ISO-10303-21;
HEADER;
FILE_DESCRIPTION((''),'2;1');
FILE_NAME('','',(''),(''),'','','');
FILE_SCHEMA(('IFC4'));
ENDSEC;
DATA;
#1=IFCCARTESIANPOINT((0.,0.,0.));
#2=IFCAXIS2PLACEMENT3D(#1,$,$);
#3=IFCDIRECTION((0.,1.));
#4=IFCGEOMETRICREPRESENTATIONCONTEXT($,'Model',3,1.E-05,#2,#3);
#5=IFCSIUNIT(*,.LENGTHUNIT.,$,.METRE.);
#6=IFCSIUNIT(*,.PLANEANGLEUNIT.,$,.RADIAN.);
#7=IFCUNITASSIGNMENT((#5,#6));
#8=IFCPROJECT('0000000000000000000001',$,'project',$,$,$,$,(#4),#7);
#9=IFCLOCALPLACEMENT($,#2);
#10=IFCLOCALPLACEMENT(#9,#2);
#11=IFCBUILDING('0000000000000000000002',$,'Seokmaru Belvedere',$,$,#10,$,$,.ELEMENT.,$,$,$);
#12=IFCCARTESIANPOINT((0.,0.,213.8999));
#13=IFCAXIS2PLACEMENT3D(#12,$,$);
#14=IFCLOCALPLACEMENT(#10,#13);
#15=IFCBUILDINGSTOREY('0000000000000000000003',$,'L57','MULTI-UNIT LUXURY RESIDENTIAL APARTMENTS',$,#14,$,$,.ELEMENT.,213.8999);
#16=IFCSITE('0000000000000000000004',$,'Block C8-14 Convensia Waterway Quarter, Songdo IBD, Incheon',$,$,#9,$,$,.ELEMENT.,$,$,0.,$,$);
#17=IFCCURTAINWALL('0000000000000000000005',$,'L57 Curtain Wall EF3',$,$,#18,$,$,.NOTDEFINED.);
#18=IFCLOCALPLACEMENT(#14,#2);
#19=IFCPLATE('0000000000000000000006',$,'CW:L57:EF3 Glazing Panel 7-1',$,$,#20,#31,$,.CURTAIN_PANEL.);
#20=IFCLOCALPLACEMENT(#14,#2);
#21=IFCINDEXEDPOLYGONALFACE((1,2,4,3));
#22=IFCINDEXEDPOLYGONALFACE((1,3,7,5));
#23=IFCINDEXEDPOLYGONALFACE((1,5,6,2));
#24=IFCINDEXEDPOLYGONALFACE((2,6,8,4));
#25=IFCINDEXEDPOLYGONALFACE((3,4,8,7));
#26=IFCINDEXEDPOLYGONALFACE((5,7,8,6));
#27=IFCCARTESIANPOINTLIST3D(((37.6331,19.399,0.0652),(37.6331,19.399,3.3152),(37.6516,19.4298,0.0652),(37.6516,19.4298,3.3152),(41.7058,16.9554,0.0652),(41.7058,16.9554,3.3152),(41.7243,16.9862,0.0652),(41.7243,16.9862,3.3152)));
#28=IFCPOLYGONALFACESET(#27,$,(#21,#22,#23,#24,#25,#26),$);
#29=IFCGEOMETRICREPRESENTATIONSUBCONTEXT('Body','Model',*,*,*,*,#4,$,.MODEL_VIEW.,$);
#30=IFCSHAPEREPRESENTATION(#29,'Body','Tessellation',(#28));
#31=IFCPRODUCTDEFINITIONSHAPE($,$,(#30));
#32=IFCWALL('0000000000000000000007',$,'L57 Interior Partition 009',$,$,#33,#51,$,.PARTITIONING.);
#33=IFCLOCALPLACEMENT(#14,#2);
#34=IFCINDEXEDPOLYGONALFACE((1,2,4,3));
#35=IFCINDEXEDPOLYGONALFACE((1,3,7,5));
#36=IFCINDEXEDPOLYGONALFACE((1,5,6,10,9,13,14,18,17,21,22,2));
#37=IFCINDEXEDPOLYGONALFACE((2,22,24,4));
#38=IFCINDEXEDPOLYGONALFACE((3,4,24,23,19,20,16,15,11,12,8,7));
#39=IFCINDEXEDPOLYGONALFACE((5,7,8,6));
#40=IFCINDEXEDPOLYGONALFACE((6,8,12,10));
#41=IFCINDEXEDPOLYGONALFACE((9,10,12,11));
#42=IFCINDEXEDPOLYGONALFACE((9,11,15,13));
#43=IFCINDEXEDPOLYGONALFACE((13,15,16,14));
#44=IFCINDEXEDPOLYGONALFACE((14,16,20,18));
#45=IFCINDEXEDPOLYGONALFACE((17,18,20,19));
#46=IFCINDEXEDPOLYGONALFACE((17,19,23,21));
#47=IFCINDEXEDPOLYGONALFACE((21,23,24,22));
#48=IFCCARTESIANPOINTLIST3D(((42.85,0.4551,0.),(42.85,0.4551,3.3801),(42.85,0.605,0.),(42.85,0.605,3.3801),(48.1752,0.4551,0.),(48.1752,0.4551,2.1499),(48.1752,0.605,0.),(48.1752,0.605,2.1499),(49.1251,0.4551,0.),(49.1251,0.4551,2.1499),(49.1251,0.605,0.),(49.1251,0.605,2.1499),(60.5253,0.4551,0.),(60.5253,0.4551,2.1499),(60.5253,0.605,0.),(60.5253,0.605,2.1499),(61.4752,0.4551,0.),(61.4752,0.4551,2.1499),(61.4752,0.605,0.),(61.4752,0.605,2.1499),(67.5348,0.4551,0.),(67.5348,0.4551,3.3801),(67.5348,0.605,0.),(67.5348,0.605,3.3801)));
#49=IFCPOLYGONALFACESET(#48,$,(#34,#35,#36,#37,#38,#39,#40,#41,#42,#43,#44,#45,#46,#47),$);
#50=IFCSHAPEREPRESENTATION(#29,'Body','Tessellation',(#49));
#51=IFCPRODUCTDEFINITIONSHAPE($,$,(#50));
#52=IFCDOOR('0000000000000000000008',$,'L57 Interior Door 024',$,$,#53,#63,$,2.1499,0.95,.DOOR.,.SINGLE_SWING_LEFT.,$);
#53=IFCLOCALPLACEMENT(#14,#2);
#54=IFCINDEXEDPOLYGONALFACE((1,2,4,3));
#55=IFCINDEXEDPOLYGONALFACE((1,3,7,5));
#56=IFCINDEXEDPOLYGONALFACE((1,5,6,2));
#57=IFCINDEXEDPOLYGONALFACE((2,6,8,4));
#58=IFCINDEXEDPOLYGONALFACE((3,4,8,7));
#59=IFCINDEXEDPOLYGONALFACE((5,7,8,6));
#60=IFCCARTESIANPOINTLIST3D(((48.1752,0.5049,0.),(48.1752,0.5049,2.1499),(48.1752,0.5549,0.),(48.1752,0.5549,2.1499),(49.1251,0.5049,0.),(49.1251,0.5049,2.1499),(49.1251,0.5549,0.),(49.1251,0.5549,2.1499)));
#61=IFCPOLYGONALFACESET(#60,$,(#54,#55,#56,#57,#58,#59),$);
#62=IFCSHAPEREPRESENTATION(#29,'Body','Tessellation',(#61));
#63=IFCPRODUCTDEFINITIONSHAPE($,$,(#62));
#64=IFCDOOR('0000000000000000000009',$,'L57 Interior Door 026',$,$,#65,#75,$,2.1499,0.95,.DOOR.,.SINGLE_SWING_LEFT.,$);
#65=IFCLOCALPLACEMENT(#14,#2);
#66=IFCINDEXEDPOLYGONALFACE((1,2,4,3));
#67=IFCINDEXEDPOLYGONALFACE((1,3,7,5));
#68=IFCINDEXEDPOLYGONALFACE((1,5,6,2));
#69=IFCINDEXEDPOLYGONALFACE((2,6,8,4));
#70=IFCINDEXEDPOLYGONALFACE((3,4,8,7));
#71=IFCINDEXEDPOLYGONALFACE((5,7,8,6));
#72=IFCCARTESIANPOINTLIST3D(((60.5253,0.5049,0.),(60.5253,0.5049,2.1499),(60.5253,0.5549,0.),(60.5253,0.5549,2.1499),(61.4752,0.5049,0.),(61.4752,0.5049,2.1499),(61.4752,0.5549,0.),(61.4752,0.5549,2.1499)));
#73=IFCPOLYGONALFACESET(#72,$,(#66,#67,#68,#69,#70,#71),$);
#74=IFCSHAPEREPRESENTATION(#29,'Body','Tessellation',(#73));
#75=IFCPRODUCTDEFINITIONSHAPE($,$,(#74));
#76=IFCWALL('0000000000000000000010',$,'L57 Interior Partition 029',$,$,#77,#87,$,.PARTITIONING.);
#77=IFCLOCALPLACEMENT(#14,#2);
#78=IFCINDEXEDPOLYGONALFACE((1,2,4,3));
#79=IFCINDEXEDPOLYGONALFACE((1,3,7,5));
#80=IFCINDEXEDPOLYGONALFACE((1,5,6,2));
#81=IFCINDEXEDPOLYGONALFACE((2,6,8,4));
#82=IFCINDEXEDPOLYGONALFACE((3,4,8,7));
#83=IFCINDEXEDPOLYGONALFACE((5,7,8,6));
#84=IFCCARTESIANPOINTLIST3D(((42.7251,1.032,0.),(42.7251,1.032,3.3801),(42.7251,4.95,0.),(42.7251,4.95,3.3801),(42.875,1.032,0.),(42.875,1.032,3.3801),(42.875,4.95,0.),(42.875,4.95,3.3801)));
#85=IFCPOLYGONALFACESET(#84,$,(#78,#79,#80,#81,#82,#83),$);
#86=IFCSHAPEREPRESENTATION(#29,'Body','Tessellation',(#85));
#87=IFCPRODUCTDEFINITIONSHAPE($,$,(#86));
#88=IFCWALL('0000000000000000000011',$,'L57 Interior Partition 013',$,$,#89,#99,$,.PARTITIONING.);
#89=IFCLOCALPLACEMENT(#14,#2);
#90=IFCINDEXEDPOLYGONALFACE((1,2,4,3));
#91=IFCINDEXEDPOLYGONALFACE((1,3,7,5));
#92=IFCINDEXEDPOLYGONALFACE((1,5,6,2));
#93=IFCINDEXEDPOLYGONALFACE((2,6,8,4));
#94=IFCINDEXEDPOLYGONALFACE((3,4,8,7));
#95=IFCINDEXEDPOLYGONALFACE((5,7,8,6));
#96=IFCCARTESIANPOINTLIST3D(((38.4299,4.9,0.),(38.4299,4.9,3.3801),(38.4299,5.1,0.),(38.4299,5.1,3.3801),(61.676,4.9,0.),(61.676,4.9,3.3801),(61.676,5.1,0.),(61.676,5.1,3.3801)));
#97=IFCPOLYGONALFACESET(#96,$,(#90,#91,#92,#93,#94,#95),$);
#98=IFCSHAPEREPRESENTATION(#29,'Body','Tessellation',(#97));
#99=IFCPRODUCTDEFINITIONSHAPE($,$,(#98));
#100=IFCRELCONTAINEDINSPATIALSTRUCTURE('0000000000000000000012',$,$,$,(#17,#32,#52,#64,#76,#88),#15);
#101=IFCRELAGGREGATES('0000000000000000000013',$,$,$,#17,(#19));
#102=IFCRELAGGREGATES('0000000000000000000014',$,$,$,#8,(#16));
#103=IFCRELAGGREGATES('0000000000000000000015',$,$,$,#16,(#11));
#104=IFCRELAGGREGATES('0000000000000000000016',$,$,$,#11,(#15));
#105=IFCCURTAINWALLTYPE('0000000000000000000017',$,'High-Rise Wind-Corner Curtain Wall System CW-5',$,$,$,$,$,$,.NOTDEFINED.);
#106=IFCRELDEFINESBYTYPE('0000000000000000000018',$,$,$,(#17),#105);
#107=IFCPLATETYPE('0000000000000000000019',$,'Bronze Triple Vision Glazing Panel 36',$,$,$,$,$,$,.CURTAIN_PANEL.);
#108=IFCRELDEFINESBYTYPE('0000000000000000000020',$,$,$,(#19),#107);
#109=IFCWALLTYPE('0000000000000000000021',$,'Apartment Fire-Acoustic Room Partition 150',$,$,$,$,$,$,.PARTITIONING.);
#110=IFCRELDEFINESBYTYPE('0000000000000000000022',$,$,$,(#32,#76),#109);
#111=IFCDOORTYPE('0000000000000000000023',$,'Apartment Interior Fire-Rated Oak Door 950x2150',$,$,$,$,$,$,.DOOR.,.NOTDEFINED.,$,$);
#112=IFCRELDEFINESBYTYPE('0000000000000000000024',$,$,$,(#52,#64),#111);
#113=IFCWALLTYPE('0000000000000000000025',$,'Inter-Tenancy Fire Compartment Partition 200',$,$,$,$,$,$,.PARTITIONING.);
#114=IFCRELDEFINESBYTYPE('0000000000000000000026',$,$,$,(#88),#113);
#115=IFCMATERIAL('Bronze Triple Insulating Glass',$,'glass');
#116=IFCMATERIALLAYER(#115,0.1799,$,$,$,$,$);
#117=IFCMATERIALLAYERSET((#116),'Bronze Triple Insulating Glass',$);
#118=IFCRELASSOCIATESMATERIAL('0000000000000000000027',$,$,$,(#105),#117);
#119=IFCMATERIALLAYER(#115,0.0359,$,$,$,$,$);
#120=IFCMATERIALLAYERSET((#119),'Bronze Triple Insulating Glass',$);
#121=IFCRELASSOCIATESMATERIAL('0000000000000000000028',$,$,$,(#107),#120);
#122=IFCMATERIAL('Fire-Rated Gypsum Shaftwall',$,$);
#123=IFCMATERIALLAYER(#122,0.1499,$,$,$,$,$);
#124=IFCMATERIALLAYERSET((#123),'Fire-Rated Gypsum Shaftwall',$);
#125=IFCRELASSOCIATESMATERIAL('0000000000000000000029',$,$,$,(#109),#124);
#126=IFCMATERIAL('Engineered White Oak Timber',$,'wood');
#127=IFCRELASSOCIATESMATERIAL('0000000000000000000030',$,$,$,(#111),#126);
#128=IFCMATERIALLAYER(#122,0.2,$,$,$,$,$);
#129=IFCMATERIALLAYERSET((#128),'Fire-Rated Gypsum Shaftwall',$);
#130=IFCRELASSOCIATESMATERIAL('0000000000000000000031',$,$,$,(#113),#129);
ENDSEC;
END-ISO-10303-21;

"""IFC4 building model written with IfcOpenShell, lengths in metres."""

from ifc_helpers import new_model, si_unit, direction, frame, frame_2d, origin, origin_2d, place, context, subcontext, project, spatial, rectangle, extrude, source, transform, mapped, material, layer, layer_set, type_object, type_shapes, element, fill, aggregate, save


model = new_model("IFC4")

# Units and contexts
model_context = context("Model", 3, precision=1e-05, world=origin(), true_north=direction((0.0, 1.0)))
body_context = subcontext(model_context, "Body", "Model", "MODEL_VIEW")
ifc_project = project(units=[si_unit("LENGTHUNIT", "METRE"), si_unit("PLANEANGLEUNIT", "RADIAN")], contexts=[model_context])

# Site, building, storey
site_placement = place(None, origin())
site = spatial("IfcSite", under=ifc_project, at=site_placement, Name="Block C8-14 Convensia Waterway Quarter, Songdo IBD, Incheon", CompositionType="ELEMENT", RefElevation=0.0)
building_placement = place(site_placement, origin())
building = spatial("IfcBuilding", under=site, at=building_placement, Name="Seokmaru Belvedere", CompositionType="ELEMENT")
storey_placement = place(building_placement, frame((0.0, 0.0, 213.8999)))
storey = spatial("IfcBuildingStorey", under=building, at=storey_placement, Name="L57", Description="MULTI-UNIT LUXURY RESIDENTIAL APARTMENTS", CompositionType="ELEMENT", Elevation=213.8999)

# Curtain wall, plate
ifc_material_1 = material(Name="Bronze Triple Insulating Glass", Category="glass")
ifc_layer_1 = layer(ifc_material_1, 0.1799)
ifc_layer_set_1 = layer_set([ifc_layer_1], Name="Bronze Triple Insulating Glass")
curtain_wall_type = type_object("IfcCurtainWallType", Name="High-Rise Wind-Corner Curtain Wall System CW-5", PredefinedType="NOTDEFINED", material=ifc_layer_set_1)
curtain_wall_placement = place(storey_placement, origin())
curtain_wall = element("IfcCurtainWall", 1, at=curtain_wall_placement, inside=storey, type_object=curtain_wall_type, Name="L57 Curtain Wall EF3", PredefinedType="NOTDEFINED")
ifc_layer_2 = layer(ifc_material_1, 0.0359)
ifc_layer_set_2 = layer_set([ifc_layer_2], Name="Bronze Triple Insulating Glass")
plate_type = type_object("IfcPlateType", Name="Bronze Triple Vision Glazing Panel 36", PredefinedType="CURTAIN_PANEL", material=ifc_layer_set_2)
shared_shape_1 = source(origin(), body_context, "Body", "SweptSolid", [
    extrude(rectangle(XDim=4.7495, YDim=0.0359, at=origin_2d()), origin(), (0.0, 0.0, 1.0), 3.25),
])
type_shapes(plate_type, [shared_shape_1])
plate_1_placement = place(storey_placement, frame((39.6787, 18.1926, 0.0652), z_axis=(0.0, 0.0, 1.0), x_axis=(-0.857493, 0.514495, 0.0)))
plate_1 = element("IfcPlate", 2, at=plate_1_placement, type_object=plate_type, Name="CW:L57:EF3 Glazing Panel 7-1", PredefinedType="CURTAIN_PANEL", context=body_context, shape_type="MappedRepresentation", body=[
    mapped(shared_shape_1, transform((0.0, 0.0, 0.0), scale=1.0)),
])
aggregate(curtain_wall, [plate_1])

# Wall, openings, doors
ifc_material_2 = material(Name="Fire-Rated Gypsum Shaftwall")
ifc_layer_3 = layer(ifc_material_2, 0.1499)
ifc_layer_set_3 = layer_set([ifc_layer_3], Name="Fire-Rated Gypsum Shaftwall")
wall_type_1 = type_object("IfcWallType", Name="Apartment Fire-Acoustic Room Partition 150", PredefinedType="PARTITIONING", material=ifc_layer_set_3)
wall_1_placement = place(storey_placement, frame((42.8501, 0.53, 0.0), z_axis=(0.0, 0.0, 1.0), x_axis=(1.0, 0.0, 0.0)))
wall_1 = element("IfcWall", 3, at=wall_1_placement, inside=storey, type_object=wall_type_1, Name="L57 Interior Partition 009", PredefinedType="PARTITIONING", context=body_context, shape_type="SweptSolid", body=[
    extrude(rectangle(XDim=24.6848, YDim=0.1499, at=frame_2d((12.3423, 0.0))), origin(), (0.0, 0.0, 1.0), 3.3801),
])
opening_1_placement = place(wall_1_placement, frame((5.325, 0.0, 0.0)))
opening_1 = element("IfcOpeningElement", 4, at=opening_1_placement, cuts=wall_1, PredefinedType="OPENING", context=body_context, shape_type="SweptSolid", body=[
    extrude(rectangle(XDim=0.95, YDim=2.1499, at=frame_2d((0.4751, 1.075))), frame((0.0, 0.085, 0.0), z_axis=(0.0, -1.0, 0.0), x_axis=(1.0, 0.0, 0.0)), (0.0, 0.0, 1.0), 0.1699),
])
opening_2_placement = place(wall_1_placement, frame((17.675, 0.0, 0.0)))
opening_2 = element("IfcOpeningElement", 5, at=opening_2_placement, cuts=wall_1, PredefinedType="OPENING", context=body_context, shape_type="SweptSolid", body=[
    extrude(rectangle(XDim=0.95, YDim=2.1499, at=frame_2d((0.4751, 1.075))), frame((0.0, 0.085, 0.0), z_axis=(0.0, -1.0, 0.0), x_axis=(1.0, 0.0, 0.0)), (0.0, 0.0, 1.0), 0.1699),
])
ifc_material_3 = material(Name="Engineered White Oak Timber", Category="wood")
door_type_1 = type_object("IfcDoorType", Name="Apartment Interior Fire-Rated Oak Door 950x2150", OperationType="NOTDEFINED", PredefinedType="DOOR", material=ifc_material_3)
shared_shape_2 = source(origin(), body_context, "Body", "SweptSolid", [
    extrude(rectangle(XDim=0.95, YDim=2.1499, at=frame_2d((0.4751, 1.075))), frame((0.0, 0.0249, 0.0), z_axis=(0.0, -1.0, 0.0), x_axis=(1.0, 0.0, 0.0)), (0.0, 0.0, 1.0), 0.05),
])
type_shapes(door_type_1, [shared_shape_2])
door_1_placement = place(opening_1_placement, origin())
door_1 = element("IfcDoor", 6, at=door_1_placement, inside=storey, type_object=door_type_1, Name="L57 Interior Door 024", OperationType="SINGLE_SWING_LEFT", OverallHeight=2.1499, OverallWidth=0.95, PredefinedType="DOOR", context=body_context, shape_type="MappedRepresentation", body=[
    mapped(shared_shape_2, transform((0.0, 0.0, 0.0), scale=1.0)),
])
fill(opening_1, door_1)
door_2_placement = place(opening_2_placement, origin())
door_2 = element("IfcDoor", 7, at=door_2_placement, inside=storey, type_object=door_type_1, Name="L57 Interior Door 026", OperationType="SINGLE_SWING_LEFT", OverallHeight=2.1499, OverallWidth=0.95, PredefinedType="DOOR", context=body_context, shape_type="MappedRepresentation", body=[
    mapped(shared_shape_2, transform((0.0, 0.0, 0.0), scale=1.0)),
])
fill(opening_2, door_2)

# Walls
wall_2_placement = place(storey_placement, frame((42.8, 1.032, 0.0), z_axis=(0.0, 0.0, 1.0), x_axis=(0.0, 1.0, 0.0)))
element("IfcWall", 8, at=wall_2_placement, inside=storey, type_object=wall_type_1, Name="L57 Interior Partition 029", PredefinedType="PARTITIONING", context=body_context, shape_type="SweptSolid", body=[
    extrude(rectangle(XDim=3.918, YDim=0.1499, at=frame_2d((1.959, 0.0))), origin(), (0.0, 0.0, 1.0), 3.3801),
])
ifc_layer_4 = layer(ifc_material_2, 0.2)
ifc_layer_set_4 = layer_set([ifc_layer_4], Name="Fire-Rated Gypsum Shaftwall")
wall_type_2 = type_object("IfcWallType", Name="Inter-Tenancy Fire Compartment Partition 200", PredefinedType="PARTITIONING", material=ifc_layer_set_4)
wall_3_placement = place(storey_placement, frame((38.4299, 5.0, 0.0), z_axis=(0.0, 0.0, 1.0), x_axis=(1.0, 0.0, 0.0)))
element("IfcWall", 9, at=wall_3_placement, inside=storey, type_object=wall_type_2, Name="L57 Interior Partition 013", PredefinedType="PARTITIONING", context=body_context, shape_type="SweptSolid", body=[
    extrude(rectangle(XDim=23.2461, YDim=0.2, at=frame_2d((11.623, 0.0))), origin(), (0.0, 0.0, 1.0), 3.3801),
])

save(model, "model.ifc")
